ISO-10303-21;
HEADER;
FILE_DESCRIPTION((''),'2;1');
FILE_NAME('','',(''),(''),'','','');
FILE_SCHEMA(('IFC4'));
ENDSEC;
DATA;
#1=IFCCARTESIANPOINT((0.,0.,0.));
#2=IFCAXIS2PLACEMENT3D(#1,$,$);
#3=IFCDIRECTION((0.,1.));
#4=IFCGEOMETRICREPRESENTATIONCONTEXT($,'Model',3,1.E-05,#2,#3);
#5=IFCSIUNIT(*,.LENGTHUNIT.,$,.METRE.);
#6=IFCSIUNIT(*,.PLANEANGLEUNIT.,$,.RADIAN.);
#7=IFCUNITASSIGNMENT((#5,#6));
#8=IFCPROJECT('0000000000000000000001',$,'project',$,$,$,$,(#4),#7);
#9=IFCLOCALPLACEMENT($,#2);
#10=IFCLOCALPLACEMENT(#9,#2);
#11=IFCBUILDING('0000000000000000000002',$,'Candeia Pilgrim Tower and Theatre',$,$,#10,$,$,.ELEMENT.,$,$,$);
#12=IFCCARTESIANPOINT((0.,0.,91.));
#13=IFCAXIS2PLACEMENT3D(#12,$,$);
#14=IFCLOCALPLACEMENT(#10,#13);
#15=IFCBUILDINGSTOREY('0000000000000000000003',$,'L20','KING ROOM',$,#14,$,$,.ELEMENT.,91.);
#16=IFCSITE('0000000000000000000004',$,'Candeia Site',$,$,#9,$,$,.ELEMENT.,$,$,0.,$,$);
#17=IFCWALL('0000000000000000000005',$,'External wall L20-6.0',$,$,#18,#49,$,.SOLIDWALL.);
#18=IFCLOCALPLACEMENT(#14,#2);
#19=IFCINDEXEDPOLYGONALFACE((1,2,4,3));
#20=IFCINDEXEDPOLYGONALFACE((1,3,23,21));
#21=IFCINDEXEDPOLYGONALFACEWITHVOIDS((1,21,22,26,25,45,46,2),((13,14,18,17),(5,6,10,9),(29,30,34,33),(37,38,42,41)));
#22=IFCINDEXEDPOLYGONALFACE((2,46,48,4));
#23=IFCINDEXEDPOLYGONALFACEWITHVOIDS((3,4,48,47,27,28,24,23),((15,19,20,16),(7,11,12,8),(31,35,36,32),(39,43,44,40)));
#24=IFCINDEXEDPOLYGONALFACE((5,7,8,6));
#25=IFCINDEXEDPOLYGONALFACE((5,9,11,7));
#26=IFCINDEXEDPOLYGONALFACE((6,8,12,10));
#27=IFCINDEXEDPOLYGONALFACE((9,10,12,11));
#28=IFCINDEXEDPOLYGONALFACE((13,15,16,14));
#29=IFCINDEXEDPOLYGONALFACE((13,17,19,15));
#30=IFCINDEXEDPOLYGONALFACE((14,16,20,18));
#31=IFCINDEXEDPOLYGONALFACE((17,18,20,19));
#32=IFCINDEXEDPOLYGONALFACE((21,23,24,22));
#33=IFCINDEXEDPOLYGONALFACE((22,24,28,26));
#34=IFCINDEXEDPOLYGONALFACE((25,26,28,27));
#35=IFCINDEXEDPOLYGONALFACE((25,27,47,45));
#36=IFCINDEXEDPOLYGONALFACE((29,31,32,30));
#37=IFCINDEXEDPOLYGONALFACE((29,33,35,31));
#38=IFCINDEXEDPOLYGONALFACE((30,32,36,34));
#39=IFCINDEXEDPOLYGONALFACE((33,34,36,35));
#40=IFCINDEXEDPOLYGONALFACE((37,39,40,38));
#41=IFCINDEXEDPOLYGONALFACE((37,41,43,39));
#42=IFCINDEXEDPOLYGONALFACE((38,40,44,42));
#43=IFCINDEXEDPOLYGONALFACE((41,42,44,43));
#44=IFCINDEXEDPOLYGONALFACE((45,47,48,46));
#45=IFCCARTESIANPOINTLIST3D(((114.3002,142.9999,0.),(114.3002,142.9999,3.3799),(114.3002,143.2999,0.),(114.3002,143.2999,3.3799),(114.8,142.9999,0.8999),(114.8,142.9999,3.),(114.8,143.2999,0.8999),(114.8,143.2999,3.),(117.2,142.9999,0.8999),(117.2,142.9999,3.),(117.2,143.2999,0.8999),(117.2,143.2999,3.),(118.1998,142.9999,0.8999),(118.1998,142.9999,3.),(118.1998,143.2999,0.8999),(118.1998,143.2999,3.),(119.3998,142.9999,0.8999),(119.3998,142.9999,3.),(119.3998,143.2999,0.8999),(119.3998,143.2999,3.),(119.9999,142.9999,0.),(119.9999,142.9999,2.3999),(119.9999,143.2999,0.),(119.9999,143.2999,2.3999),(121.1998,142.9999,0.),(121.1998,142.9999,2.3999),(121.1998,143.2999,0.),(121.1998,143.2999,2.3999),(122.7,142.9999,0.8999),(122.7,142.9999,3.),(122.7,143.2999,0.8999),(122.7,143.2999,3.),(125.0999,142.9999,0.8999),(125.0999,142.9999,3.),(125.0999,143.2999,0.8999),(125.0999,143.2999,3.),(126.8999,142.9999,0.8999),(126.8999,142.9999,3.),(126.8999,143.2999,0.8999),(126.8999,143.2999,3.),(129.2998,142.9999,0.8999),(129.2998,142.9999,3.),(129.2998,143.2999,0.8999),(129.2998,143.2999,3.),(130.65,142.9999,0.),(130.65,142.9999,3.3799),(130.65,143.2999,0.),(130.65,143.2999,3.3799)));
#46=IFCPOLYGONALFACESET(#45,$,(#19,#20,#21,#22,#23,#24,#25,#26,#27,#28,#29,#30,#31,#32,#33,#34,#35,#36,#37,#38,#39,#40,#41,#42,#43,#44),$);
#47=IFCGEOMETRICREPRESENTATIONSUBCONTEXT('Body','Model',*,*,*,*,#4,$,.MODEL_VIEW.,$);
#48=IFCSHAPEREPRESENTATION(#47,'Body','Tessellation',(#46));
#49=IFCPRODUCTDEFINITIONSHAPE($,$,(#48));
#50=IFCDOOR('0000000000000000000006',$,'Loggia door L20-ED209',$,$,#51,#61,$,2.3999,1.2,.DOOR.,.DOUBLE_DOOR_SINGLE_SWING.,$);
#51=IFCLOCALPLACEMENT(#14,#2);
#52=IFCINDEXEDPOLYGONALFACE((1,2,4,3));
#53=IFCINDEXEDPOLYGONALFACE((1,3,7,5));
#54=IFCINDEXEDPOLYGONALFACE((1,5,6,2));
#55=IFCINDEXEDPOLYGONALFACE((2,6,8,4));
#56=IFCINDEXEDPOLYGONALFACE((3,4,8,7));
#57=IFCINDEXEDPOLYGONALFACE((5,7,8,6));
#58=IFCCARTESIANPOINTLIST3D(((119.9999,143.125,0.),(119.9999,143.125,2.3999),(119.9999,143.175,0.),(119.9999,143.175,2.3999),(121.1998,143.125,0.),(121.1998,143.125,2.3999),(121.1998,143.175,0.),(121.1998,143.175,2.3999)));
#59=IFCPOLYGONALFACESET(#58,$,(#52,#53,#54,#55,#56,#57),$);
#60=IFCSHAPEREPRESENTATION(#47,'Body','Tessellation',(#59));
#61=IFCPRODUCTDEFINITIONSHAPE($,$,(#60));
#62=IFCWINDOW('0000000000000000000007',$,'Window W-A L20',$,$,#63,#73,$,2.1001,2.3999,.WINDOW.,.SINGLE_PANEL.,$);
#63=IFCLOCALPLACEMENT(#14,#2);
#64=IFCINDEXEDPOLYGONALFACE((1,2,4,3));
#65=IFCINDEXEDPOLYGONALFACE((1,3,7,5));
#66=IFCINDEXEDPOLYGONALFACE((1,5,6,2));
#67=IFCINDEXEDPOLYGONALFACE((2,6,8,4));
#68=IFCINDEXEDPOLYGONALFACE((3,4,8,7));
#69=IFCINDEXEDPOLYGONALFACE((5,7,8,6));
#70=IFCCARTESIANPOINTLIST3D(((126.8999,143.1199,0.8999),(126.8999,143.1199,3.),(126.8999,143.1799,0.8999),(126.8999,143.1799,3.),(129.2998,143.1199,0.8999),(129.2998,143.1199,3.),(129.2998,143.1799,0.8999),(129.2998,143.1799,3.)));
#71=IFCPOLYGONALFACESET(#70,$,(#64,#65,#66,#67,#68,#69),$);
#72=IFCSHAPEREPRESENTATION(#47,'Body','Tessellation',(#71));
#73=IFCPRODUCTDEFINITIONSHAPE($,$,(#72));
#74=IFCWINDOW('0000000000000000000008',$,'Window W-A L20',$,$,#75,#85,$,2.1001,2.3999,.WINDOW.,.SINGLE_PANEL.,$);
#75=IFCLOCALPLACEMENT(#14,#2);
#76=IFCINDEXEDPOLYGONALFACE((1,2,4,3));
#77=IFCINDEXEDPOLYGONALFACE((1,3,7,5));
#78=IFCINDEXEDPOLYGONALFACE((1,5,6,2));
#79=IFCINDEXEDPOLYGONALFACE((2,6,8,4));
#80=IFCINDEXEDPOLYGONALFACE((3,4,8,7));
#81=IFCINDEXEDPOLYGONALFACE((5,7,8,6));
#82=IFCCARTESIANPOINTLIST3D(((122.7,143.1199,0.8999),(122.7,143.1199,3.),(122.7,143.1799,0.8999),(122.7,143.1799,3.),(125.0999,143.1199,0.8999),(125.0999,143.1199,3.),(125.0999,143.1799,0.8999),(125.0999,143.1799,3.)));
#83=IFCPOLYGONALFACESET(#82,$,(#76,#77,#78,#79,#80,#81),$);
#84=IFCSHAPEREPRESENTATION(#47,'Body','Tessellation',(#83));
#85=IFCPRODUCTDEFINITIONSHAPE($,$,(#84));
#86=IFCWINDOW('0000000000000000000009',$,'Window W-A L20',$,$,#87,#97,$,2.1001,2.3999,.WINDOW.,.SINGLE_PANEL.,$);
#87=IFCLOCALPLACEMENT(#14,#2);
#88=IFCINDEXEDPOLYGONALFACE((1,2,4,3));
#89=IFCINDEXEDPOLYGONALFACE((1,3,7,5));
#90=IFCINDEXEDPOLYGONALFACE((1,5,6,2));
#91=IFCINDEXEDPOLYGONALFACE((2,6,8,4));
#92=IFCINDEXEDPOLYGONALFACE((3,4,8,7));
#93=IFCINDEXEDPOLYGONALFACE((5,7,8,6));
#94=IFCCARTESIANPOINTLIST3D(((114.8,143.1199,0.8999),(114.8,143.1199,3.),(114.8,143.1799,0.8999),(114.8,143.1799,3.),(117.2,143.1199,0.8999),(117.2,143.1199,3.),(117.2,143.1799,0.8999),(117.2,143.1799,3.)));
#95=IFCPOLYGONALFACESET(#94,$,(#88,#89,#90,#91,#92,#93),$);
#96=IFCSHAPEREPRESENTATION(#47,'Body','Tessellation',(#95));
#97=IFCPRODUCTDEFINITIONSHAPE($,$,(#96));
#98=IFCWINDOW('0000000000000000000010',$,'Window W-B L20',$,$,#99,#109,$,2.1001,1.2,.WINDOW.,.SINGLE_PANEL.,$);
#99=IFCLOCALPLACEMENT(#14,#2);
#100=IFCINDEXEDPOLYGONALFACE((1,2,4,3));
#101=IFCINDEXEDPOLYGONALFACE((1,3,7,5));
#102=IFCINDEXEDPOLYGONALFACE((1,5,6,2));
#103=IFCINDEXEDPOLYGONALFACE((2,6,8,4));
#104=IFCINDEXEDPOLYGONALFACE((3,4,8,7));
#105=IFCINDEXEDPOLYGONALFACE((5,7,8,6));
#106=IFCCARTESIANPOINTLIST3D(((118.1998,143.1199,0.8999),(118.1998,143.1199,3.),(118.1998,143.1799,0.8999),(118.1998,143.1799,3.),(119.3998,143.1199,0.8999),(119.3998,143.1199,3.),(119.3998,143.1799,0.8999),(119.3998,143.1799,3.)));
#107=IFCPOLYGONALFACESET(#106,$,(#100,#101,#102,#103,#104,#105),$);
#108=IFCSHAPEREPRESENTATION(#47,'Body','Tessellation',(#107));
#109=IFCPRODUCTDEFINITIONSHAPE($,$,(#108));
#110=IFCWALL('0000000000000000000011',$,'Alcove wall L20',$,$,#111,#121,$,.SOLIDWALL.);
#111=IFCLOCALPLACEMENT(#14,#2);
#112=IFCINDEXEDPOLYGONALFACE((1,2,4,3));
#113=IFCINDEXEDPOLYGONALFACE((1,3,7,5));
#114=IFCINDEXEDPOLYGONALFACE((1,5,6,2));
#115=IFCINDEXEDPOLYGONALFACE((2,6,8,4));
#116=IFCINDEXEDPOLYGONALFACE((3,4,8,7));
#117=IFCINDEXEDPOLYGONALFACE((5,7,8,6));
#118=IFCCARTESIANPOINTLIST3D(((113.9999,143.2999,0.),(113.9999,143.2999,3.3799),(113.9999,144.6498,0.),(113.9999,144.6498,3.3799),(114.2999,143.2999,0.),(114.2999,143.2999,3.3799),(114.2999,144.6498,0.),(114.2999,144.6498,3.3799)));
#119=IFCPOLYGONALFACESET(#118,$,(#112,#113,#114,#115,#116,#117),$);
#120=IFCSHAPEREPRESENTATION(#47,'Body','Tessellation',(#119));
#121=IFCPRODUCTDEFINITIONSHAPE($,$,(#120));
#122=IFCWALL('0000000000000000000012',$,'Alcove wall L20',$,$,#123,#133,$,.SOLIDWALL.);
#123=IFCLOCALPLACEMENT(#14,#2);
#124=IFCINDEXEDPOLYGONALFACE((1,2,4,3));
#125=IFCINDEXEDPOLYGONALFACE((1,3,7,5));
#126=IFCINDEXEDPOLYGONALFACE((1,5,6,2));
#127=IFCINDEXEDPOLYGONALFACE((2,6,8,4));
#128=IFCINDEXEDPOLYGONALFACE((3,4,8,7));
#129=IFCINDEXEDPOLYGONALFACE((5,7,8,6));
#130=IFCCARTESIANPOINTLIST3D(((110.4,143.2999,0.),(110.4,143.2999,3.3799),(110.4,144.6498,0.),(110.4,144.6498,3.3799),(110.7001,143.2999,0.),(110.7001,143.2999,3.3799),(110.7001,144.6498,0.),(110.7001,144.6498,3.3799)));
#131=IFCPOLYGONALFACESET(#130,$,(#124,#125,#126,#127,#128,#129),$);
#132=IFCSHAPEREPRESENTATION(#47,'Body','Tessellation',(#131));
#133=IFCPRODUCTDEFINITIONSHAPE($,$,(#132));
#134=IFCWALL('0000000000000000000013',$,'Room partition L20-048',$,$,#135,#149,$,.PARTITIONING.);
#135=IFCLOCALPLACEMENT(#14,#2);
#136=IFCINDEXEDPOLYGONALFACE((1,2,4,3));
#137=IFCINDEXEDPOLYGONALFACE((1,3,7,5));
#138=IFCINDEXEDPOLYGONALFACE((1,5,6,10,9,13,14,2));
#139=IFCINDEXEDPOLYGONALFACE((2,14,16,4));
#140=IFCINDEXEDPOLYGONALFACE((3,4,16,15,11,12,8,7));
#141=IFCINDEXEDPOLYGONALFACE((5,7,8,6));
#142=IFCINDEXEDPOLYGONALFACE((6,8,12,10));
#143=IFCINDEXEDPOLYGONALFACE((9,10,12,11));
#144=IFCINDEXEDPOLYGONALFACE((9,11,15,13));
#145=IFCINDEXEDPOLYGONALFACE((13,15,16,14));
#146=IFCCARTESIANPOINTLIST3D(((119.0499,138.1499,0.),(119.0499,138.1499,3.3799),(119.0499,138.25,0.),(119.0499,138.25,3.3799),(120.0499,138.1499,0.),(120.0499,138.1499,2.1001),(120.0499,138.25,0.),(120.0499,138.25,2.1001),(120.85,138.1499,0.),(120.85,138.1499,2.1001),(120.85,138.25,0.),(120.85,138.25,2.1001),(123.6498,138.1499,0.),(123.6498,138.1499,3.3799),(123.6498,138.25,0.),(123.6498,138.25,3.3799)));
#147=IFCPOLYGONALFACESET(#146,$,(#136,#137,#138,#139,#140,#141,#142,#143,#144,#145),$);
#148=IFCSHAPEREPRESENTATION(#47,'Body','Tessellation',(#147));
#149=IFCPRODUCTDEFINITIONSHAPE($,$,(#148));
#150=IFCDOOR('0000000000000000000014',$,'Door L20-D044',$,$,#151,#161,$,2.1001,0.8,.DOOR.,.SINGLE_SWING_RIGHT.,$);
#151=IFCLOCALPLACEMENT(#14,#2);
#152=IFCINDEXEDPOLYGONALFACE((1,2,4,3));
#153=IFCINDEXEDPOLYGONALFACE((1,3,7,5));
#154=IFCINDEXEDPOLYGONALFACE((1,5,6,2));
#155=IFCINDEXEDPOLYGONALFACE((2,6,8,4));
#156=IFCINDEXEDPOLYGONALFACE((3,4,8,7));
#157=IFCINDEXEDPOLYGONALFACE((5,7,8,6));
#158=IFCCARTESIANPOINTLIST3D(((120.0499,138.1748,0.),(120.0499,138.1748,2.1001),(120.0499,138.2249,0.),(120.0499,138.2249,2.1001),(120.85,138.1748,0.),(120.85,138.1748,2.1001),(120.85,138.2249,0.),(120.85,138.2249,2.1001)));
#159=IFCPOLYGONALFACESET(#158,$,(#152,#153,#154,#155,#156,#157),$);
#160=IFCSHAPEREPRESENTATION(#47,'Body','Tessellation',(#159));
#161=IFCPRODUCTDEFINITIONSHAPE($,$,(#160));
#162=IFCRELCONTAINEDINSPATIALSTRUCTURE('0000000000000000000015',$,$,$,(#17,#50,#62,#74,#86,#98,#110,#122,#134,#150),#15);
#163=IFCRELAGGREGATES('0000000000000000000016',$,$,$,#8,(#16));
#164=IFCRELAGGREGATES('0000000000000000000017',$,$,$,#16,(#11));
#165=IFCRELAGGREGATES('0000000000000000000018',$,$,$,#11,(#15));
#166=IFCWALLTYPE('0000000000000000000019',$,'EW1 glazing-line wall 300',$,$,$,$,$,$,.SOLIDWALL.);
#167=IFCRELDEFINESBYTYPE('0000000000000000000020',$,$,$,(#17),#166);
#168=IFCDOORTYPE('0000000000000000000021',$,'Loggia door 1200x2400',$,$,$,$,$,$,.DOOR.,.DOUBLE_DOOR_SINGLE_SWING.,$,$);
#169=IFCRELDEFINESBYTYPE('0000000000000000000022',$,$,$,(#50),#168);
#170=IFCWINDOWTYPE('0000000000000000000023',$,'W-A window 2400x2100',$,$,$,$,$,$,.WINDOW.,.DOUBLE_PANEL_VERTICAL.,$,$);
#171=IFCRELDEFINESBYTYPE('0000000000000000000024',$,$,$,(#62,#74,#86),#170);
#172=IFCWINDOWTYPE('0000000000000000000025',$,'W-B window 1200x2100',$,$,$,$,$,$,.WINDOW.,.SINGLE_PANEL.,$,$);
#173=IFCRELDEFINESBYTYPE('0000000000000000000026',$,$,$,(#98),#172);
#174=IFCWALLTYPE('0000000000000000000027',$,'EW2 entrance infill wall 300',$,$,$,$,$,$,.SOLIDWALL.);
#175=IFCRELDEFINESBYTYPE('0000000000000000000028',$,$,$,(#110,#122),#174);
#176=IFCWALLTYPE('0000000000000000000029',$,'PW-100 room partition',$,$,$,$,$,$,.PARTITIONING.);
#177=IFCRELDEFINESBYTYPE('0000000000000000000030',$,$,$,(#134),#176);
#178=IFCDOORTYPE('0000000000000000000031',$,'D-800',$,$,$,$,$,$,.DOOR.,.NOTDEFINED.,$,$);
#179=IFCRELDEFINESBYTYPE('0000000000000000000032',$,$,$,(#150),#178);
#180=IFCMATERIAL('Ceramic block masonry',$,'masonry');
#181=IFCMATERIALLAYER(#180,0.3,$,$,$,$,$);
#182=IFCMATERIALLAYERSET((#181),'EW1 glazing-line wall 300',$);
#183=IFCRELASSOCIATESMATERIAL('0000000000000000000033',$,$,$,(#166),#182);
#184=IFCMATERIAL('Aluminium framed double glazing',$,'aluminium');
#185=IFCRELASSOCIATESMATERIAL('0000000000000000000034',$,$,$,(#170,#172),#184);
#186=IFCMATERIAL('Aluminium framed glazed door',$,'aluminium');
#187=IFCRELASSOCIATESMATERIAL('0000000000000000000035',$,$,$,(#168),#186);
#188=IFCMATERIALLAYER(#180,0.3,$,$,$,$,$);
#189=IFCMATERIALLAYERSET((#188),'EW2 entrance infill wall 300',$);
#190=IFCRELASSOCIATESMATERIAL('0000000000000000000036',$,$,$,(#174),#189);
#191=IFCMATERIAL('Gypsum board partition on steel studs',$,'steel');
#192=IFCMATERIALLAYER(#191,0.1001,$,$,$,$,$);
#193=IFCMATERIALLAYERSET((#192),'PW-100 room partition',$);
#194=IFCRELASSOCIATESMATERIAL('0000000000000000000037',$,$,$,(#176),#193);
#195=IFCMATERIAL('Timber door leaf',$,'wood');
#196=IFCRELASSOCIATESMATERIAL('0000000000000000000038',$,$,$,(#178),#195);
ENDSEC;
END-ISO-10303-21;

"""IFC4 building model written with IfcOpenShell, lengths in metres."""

from ifc_helpers import new_model, si_unit, direction, frame, frame_2d, origin, place, context, subcontext, project, spatial, rectangle, extrude, material, layer, layer_set, type_object, element, fill, save


model = new_model("IFC4")

# Units and contexts
model_context = context("Model", 3, precision=1e-05, world=origin(), true_north=direction((0.0, 1.0)))
body_context = subcontext(model_context, "Body", "Model", "MODEL_VIEW")
ifc_project = project(units=[si_unit("LENGTHUNIT", "METRE"), si_unit("PLANEANGLEUNIT", "RADIAN")], contexts=[model_context])

# Site, building, storey
site_placement = place(None, origin())
site = spatial("IfcSite", under=ifc_project, at=site_placement, Name="Candeia Site", CompositionType="ELEMENT", RefElevation=0.0)
building_placement = place(site_placement, origin())
building = spatial("IfcBuilding", under=site, at=building_placement, Name="Candeia Pilgrim Tower and Theatre", CompositionType="ELEMENT")
storey_placement = place(building_placement, frame((0.0, 0.0, 91.0)))
storey = spatial("IfcBuildingStorey", under=building, at=storey_placement, Name="L20", Description="KING ROOM", CompositionType="ELEMENT", Elevation=91.0)

# Shared definitions
ifc_material_1 = material(Name="Ceramic block masonry", Category="masonry")
ifc_layer_1 = layer(ifc_material_1, 0.3)
ifc_layer_set_1 = layer_set([ifc_layer_1], Name="EW1 glazing-line wall 300")
wall_type_1 = type_object("IfcWallType", Name="EW1 glazing-line wall 300", PredefinedType="SOLIDWALL", material=ifc_layer_set_1)
ifc_material_2 = material(Name="Aluminium framed double glazing", Category="aluminium")
window_type_1 = type_object("IfcWindowType", Name="W-A window 2400x2100", PartitioningType="DOUBLE_PANEL_VERTICAL", PredefinedType="WINDOW", material=ifc_material_2)

# Wall, openings, door, windows
wall_1_placement = place(storey_placement, frame((130.6499, 143.1499, 0.0), z_axis=(0.0, 0.0, 1.0), x_axis=(-1.0, 0.0, 0.0)))
wall_1 = element("IfcWall", 1, at=wall_1_placement, inside=storey, type_object=wall_type_1, Name="External wall L20-6.0", PredefinedType="SOLIDWALL", context=body_context, shape_type="SweptSolid", body=[
    extrude(rectangle(XDim=16.3499, YDim=0.3, at=frame_2d((8.1748, 0.0))), origin(), (0.0, 0.0, 1.0), 3.3799),
])
opening_1_placement = place(wall_1_placement, frame((1.3501, 0.0, 0.8999)))
opening_1 = element("IfcOpeningElement", 2, at=opening_1_placement, cuts=wall_1, PredefinedType="OPENING", context=body_context, shape_type="SweptSolid", body=[
    extrude(rectangle(XDim=2.3999, YDim=2.1001, at=frame_2d((1.2, 1.05))), frame((0.0, 0.1602, 0.0), z_axis=(0.0, -1.0, 0.0), x_axis=(1.0, 0.0, 0.0)), (0.0, 0.0, 1.0), 0.3201),
])
opening_2_placement = place(wall_1_placement, frame((5.55, 0.0, 0.8999)))
opening_2 = element("IfcOpeningElement", 3, at=opening_2_placement, cuts=wall_1, PredefinedType="OPENING", context=body_context, shape_type="SweptSolid", body=[
    extrude(rectangle(XDim=2.3999, YDim=2.1001, at=frame_2d((1.2, 1.05))), frame((0.0, 0.1602, 0.0), z_axis=(0.0, -1.0, 0.0), x_axis=(1.0, 0.0, 0.0)), (0.0, 0.0, 1.0), 0.3201),
])
opening_3_placement = place(wall_1_placement, frame((9.45, 0.0, 0.0)))
opening_3 = element("IfcOpeningElement", 4, at=opening_3_placement, cuts=wall_1, PredefinedType="OPENING", context=body_context, shape_type="SweptSolid", body=[
    extrude(rectangle(XDim=1.2, YDim=2.3999, at=frame_2d((0.6001, 1.2))), frame((0.0, 0.1602, 0.0), z_axis=(0.0, -1.0, 0.0), x_axis=(1.0, 0.0, 0.0)), (0.0, 0.0, 1.0), 0.3201),
])
opening_4_placement = place(wall_1_placement, frame((11.25, 0.0, 0.8999)))
opening_4 = element("IfcOpeningElement", 5, at=opening_4_placement, cuts=wall_1, PredefinedType="OPENING", context=body_context, shape_type="SweptSolid", body=[
    extrude(rectangle(XDim=1.2, YDim=2.1001, at=frame_2d((0.6001, 1.05))), frame((0.0, 0.1602, 0.0), z_axis=(0.0, -1.0, 0.0), x_axis=(1.0, 0.0, 0.0)), (0.0, 0.0, 1.0), 0.3201),
])
opening_5_placement = place(wall_1_placement, frame((13.45, 0.0, 0.8999)))
opening_5 = element("IfcOpeningElement", 6, at=opening_5_placement, cuts=wall_1, PredefinedType="OPENING", context=body_context, shape_type="SweptSolid", body=[
    extrude(rectangle(XDim=2.3999, YDim=2.1001, at=frame_2d((1.2, 1.05))), frame((0.0, 0.1602, 0.0), z_axis=(0.0, -1.0, 0.0), x_axis=(1.0, 0.0, 0.0)), (0.0, 0.0, 1.0), 0.3201),
])
ifc_material_3 = material(Name="Aluminium framed glazed door", Category="aluminium")
door_type_1 = type_object("IfcDoorType", Name="Loggia door 1200x2400", OperationType="DOUBLE_DOOR_SINGLE_SWING", PredefinedType="DOOR", material=ifc_material_3)
door_1_placement = place(opening_3_placement, origin())
door_1 = element("IfcDoor", 7, at=door_1_placement, inside=storey, type_object=door_type_1, Name="Loggia door L20-ED209", OperationType="DOUBLE_DOOR_SINGLE_SWING", OverallHeight=2.3999, OverallWidth=1.2, PredefinedType="DOOR", context=body_context, shape_type="SweptSolid", body=[
    extrude(rectangle(XDim=1.2, YDim=2.3999, at=frame_2d((0.6001, 1.2))), frame((0.0, 0.0249, 0.0), z_axis=(0.0, -1.0, 0.0), x_axis=(1.0, 0.0, 0.0)), (0.0, 0.0, 1.0), 0.05),
])
fill(opening_3, door_1)
window_1_placement = place(opening_1_placement, origin())
window_1 = element("IfcWindow", 8, at=window_1_placement, inside=storey, type_object=window_type_1, Name="Window W-A L20", OverallHeight=2.1001, OverallWidth=2.3999, PartitioningType="SINGLE_PANEL", PredefinedType="WINDOW", context=body_context, shape_type="SweptSolid", body=[
    extrude(rectangle(XDim=2.3999, YDim=2.1001, at=frame_2d((1.2, 1.05))), frame((0.0, 0.03, 0.0), z_axis=(0.0, -1.0, 0.0), x_axis=(1.0, 0.0, 0.0)), (0.0, 0.0, 1.0), 0.0601),
])
fill(opening_1, window_1)
window_2_placement = place(opening_2_placement, origin())
window_2 = element("IfcWindow", 9, at=window_2_placement, inside=storey, type_object=window_type_1, Name="Window W-A L20", OverallHeight=2.1001, OverallWidth=2.3999, PartitioningType="SINGLE_PANEL", PredefinedType="WINDOW", context=body_context, shape_type="SweptSolid", body=[
    extrude(rectangle(XDim=2.3999, YDim=2.1001, at=frame_2d((1.2, 1.05))), frame((0.0, 0.03, 0.0), z_axis=(0.0, -1.0, 0.0), x_axis=(1.0, 0.0, 0.0)), (0.0, 0.0, 1.0), 0.0601),
])
fill(opening_2, window_2)
window_3_placement = place(opening_5_placement, origin())
window_3 = element("IfcWindow", 10, at=window_3_placement, inside=storey, type_object=window_type_1, Name="Window W-A L20", OverallHeight=2.1001, OverallWidth=2.3999, PartitioningType="SINGLE_PANEL", PredefinedType="WINDOW", context=body_context, shape_type="SweptSolid", body=[
    extrude(rectangle(XDim=2.3999, YDim=2.1001, at=frame_2d((1.2, 1.05))), frame((0.0, 0.03, 0.0), z_axis=(0.0, -1.0, 0.0), x_axis=(1.0, 0.0, 0.0)), (0.0, 0.0, 1.0), 0.0601),
])
fill(opening_5, window_3)
window_type_2 = type_object("IfcWindowType", Name="W-B window 1200x2100", PartitioningType="SINGLE_PANEL", PredefinedType="WINDOW", material=ifc_material_2)
window_4_placement = place(opening_4_placement, origin())
window_4 = element("IfcWindow", 11, at=window_4_placement, inside=storey, type_object=window_type_2, Name="Window W-B L20", OverallHeight=2.1001, OverallWidth=1.2, PartitioningType="SINGLE_PANEL", PredefinedType="WINDOW", context=body_context, shape_type="SweptSolid", body=[
    extrude(rectangle(XDim=1.2, YDim=2.1001, at=frame_2d((0.6001, 1.05))), frame((0.0, 0.03, 0.0), z_axis=(0.0, -1.0, 0.0), x_axis=(1.0, 0.0, 0.0)), (0.0, 0.0, 1.0), 0.0601),
])
fill(opening_4, window_4)

# Walls
ifc_layer_2 = layer(ifc_material_1, 0.3)
ifc_layer_set_2 = layer_set([ifc_layer_2], Name="EW2 entrance infill wall 300")
wall_type_2 = type_object("IfcWallType", Name="EW2 entrance infill wall 300", PredefinedType="SOLIDWALL", material=ifc_layer_set_2)
for number, where, z_axis, x_axis, name in (
    (12, (114.1499, 143.3, 0.0), (0.0, 0.0, 1.0), (0.0, 1.0, 0.0), "Alcove wall L20"),
    (13, (110.55, 143.3, 0.0), (0.0, 0.0, 1.0), (0.0, 1.0, 0.0), "Alcove wall L20"),
):
    element("IfcWall", number, at=place(storey_placement, frame(where, z_axis=z_axis, x_axis=x_axis)), inside=storey, type_object=wall_type_2, Name=name, PredefinedType="SOLIDWALL", context=body_context, shape_type="SweptSolid", body=[
        extrude(rectangle(XDim=1.3499, YDim=0.3, at=frame_2d((0.6748, 0.0))), origin(), (0.0, 0.0, 1.0), 3.3799),
    ])

# Wall, opening, door
ifc_material_4 = material(Name="Gypsum board partition on steel studs", Category="steel")
ifc_layer_3 = layer(ifc_material_4, 0.1001)
ifc_layer_set_3 = layer_set([ifc_layer_3], Name="PW-100 room partition")
wall_type_3 = type_object("IfcWallType", Name="PW-100 room partition", PredefinedType="PARTITIONING", material=ifc_layer_set_3)
wall_2_placement = place(storey_placement, frame((119.05, 138.2, 0.0), z_axis=(0.0, 0.0, 1.0), x_axis=(1.0, 0.0, 0.0)))
wall_2 = element("IfcWall", 14, at=wall_2_placement, inside=storey, type_object=wall_type_3, Name="Room partition L20-048", PredefinedType="PARTITIONING", context=body_context, shape_type="SweptSolid", body=[
    extrude(rectangle(XDim=4.5999, YDim=0.1001, at=frame_2d((2.2998, 0.0))), origin(), (0.0, 0.0, 1.0), 3.3799),
])
opening_6_placement = place(wall_2_placement, frame((1.0, 0.0, 0.0)))
opening_6 = element("IfcOpeningElement", 15, at=opening_6_placement, cuts=wall_2, PredefinedType="OPENING", context=body_context, shape_type="SweptSolid", body=[
    extrude(rectangle(XDim=0.8, YDim=2.1001, at=frame_2d((0.3999, 1.05))), frame((0.0, 0.0601, 0.0), z_axis=(0.0, -1.0, 0.0), x_axis=(1.0, 0.0, 0.0)), (0.0, 0.0, 1.0), 0.1201),
])
ifc_material_5 = material(Name="Timber door leaf", Category="wood")
door_type_2 = type_object("IfcDoorType", Name="D-800", OperationType="NOTDEFINED", PredefinedType="DOOR", material=ifc_material_5)
door_2_placement = place(opening_6_placement, origin())
door_2 = element("IfcDoor", 16, at=door_2_placement, inside=storey, type_object=door_type_2, Name="Door L20-D044", OperationType="SINGLE_SWING_RIGHT", OverallHeight=2.1001, OverallWidth=0.8, PredefinedType="DOOR", context=body_context, shape_type="SweptSolid", body=[
    extrude(rectangle(XDim=0.8, YDim=2.1001, at=frame_2d((0.3999, 1.05))), frame((0.0, 0.0249, 0.0), z_axis=(0.0, -1.0, 0.0), x_axis=(1.0, 0.0, 0.0)), (0.0, 0.0, 1.0), 0.05),
])
fill(opening_6, door_2)

save(model, "model.ifc")
